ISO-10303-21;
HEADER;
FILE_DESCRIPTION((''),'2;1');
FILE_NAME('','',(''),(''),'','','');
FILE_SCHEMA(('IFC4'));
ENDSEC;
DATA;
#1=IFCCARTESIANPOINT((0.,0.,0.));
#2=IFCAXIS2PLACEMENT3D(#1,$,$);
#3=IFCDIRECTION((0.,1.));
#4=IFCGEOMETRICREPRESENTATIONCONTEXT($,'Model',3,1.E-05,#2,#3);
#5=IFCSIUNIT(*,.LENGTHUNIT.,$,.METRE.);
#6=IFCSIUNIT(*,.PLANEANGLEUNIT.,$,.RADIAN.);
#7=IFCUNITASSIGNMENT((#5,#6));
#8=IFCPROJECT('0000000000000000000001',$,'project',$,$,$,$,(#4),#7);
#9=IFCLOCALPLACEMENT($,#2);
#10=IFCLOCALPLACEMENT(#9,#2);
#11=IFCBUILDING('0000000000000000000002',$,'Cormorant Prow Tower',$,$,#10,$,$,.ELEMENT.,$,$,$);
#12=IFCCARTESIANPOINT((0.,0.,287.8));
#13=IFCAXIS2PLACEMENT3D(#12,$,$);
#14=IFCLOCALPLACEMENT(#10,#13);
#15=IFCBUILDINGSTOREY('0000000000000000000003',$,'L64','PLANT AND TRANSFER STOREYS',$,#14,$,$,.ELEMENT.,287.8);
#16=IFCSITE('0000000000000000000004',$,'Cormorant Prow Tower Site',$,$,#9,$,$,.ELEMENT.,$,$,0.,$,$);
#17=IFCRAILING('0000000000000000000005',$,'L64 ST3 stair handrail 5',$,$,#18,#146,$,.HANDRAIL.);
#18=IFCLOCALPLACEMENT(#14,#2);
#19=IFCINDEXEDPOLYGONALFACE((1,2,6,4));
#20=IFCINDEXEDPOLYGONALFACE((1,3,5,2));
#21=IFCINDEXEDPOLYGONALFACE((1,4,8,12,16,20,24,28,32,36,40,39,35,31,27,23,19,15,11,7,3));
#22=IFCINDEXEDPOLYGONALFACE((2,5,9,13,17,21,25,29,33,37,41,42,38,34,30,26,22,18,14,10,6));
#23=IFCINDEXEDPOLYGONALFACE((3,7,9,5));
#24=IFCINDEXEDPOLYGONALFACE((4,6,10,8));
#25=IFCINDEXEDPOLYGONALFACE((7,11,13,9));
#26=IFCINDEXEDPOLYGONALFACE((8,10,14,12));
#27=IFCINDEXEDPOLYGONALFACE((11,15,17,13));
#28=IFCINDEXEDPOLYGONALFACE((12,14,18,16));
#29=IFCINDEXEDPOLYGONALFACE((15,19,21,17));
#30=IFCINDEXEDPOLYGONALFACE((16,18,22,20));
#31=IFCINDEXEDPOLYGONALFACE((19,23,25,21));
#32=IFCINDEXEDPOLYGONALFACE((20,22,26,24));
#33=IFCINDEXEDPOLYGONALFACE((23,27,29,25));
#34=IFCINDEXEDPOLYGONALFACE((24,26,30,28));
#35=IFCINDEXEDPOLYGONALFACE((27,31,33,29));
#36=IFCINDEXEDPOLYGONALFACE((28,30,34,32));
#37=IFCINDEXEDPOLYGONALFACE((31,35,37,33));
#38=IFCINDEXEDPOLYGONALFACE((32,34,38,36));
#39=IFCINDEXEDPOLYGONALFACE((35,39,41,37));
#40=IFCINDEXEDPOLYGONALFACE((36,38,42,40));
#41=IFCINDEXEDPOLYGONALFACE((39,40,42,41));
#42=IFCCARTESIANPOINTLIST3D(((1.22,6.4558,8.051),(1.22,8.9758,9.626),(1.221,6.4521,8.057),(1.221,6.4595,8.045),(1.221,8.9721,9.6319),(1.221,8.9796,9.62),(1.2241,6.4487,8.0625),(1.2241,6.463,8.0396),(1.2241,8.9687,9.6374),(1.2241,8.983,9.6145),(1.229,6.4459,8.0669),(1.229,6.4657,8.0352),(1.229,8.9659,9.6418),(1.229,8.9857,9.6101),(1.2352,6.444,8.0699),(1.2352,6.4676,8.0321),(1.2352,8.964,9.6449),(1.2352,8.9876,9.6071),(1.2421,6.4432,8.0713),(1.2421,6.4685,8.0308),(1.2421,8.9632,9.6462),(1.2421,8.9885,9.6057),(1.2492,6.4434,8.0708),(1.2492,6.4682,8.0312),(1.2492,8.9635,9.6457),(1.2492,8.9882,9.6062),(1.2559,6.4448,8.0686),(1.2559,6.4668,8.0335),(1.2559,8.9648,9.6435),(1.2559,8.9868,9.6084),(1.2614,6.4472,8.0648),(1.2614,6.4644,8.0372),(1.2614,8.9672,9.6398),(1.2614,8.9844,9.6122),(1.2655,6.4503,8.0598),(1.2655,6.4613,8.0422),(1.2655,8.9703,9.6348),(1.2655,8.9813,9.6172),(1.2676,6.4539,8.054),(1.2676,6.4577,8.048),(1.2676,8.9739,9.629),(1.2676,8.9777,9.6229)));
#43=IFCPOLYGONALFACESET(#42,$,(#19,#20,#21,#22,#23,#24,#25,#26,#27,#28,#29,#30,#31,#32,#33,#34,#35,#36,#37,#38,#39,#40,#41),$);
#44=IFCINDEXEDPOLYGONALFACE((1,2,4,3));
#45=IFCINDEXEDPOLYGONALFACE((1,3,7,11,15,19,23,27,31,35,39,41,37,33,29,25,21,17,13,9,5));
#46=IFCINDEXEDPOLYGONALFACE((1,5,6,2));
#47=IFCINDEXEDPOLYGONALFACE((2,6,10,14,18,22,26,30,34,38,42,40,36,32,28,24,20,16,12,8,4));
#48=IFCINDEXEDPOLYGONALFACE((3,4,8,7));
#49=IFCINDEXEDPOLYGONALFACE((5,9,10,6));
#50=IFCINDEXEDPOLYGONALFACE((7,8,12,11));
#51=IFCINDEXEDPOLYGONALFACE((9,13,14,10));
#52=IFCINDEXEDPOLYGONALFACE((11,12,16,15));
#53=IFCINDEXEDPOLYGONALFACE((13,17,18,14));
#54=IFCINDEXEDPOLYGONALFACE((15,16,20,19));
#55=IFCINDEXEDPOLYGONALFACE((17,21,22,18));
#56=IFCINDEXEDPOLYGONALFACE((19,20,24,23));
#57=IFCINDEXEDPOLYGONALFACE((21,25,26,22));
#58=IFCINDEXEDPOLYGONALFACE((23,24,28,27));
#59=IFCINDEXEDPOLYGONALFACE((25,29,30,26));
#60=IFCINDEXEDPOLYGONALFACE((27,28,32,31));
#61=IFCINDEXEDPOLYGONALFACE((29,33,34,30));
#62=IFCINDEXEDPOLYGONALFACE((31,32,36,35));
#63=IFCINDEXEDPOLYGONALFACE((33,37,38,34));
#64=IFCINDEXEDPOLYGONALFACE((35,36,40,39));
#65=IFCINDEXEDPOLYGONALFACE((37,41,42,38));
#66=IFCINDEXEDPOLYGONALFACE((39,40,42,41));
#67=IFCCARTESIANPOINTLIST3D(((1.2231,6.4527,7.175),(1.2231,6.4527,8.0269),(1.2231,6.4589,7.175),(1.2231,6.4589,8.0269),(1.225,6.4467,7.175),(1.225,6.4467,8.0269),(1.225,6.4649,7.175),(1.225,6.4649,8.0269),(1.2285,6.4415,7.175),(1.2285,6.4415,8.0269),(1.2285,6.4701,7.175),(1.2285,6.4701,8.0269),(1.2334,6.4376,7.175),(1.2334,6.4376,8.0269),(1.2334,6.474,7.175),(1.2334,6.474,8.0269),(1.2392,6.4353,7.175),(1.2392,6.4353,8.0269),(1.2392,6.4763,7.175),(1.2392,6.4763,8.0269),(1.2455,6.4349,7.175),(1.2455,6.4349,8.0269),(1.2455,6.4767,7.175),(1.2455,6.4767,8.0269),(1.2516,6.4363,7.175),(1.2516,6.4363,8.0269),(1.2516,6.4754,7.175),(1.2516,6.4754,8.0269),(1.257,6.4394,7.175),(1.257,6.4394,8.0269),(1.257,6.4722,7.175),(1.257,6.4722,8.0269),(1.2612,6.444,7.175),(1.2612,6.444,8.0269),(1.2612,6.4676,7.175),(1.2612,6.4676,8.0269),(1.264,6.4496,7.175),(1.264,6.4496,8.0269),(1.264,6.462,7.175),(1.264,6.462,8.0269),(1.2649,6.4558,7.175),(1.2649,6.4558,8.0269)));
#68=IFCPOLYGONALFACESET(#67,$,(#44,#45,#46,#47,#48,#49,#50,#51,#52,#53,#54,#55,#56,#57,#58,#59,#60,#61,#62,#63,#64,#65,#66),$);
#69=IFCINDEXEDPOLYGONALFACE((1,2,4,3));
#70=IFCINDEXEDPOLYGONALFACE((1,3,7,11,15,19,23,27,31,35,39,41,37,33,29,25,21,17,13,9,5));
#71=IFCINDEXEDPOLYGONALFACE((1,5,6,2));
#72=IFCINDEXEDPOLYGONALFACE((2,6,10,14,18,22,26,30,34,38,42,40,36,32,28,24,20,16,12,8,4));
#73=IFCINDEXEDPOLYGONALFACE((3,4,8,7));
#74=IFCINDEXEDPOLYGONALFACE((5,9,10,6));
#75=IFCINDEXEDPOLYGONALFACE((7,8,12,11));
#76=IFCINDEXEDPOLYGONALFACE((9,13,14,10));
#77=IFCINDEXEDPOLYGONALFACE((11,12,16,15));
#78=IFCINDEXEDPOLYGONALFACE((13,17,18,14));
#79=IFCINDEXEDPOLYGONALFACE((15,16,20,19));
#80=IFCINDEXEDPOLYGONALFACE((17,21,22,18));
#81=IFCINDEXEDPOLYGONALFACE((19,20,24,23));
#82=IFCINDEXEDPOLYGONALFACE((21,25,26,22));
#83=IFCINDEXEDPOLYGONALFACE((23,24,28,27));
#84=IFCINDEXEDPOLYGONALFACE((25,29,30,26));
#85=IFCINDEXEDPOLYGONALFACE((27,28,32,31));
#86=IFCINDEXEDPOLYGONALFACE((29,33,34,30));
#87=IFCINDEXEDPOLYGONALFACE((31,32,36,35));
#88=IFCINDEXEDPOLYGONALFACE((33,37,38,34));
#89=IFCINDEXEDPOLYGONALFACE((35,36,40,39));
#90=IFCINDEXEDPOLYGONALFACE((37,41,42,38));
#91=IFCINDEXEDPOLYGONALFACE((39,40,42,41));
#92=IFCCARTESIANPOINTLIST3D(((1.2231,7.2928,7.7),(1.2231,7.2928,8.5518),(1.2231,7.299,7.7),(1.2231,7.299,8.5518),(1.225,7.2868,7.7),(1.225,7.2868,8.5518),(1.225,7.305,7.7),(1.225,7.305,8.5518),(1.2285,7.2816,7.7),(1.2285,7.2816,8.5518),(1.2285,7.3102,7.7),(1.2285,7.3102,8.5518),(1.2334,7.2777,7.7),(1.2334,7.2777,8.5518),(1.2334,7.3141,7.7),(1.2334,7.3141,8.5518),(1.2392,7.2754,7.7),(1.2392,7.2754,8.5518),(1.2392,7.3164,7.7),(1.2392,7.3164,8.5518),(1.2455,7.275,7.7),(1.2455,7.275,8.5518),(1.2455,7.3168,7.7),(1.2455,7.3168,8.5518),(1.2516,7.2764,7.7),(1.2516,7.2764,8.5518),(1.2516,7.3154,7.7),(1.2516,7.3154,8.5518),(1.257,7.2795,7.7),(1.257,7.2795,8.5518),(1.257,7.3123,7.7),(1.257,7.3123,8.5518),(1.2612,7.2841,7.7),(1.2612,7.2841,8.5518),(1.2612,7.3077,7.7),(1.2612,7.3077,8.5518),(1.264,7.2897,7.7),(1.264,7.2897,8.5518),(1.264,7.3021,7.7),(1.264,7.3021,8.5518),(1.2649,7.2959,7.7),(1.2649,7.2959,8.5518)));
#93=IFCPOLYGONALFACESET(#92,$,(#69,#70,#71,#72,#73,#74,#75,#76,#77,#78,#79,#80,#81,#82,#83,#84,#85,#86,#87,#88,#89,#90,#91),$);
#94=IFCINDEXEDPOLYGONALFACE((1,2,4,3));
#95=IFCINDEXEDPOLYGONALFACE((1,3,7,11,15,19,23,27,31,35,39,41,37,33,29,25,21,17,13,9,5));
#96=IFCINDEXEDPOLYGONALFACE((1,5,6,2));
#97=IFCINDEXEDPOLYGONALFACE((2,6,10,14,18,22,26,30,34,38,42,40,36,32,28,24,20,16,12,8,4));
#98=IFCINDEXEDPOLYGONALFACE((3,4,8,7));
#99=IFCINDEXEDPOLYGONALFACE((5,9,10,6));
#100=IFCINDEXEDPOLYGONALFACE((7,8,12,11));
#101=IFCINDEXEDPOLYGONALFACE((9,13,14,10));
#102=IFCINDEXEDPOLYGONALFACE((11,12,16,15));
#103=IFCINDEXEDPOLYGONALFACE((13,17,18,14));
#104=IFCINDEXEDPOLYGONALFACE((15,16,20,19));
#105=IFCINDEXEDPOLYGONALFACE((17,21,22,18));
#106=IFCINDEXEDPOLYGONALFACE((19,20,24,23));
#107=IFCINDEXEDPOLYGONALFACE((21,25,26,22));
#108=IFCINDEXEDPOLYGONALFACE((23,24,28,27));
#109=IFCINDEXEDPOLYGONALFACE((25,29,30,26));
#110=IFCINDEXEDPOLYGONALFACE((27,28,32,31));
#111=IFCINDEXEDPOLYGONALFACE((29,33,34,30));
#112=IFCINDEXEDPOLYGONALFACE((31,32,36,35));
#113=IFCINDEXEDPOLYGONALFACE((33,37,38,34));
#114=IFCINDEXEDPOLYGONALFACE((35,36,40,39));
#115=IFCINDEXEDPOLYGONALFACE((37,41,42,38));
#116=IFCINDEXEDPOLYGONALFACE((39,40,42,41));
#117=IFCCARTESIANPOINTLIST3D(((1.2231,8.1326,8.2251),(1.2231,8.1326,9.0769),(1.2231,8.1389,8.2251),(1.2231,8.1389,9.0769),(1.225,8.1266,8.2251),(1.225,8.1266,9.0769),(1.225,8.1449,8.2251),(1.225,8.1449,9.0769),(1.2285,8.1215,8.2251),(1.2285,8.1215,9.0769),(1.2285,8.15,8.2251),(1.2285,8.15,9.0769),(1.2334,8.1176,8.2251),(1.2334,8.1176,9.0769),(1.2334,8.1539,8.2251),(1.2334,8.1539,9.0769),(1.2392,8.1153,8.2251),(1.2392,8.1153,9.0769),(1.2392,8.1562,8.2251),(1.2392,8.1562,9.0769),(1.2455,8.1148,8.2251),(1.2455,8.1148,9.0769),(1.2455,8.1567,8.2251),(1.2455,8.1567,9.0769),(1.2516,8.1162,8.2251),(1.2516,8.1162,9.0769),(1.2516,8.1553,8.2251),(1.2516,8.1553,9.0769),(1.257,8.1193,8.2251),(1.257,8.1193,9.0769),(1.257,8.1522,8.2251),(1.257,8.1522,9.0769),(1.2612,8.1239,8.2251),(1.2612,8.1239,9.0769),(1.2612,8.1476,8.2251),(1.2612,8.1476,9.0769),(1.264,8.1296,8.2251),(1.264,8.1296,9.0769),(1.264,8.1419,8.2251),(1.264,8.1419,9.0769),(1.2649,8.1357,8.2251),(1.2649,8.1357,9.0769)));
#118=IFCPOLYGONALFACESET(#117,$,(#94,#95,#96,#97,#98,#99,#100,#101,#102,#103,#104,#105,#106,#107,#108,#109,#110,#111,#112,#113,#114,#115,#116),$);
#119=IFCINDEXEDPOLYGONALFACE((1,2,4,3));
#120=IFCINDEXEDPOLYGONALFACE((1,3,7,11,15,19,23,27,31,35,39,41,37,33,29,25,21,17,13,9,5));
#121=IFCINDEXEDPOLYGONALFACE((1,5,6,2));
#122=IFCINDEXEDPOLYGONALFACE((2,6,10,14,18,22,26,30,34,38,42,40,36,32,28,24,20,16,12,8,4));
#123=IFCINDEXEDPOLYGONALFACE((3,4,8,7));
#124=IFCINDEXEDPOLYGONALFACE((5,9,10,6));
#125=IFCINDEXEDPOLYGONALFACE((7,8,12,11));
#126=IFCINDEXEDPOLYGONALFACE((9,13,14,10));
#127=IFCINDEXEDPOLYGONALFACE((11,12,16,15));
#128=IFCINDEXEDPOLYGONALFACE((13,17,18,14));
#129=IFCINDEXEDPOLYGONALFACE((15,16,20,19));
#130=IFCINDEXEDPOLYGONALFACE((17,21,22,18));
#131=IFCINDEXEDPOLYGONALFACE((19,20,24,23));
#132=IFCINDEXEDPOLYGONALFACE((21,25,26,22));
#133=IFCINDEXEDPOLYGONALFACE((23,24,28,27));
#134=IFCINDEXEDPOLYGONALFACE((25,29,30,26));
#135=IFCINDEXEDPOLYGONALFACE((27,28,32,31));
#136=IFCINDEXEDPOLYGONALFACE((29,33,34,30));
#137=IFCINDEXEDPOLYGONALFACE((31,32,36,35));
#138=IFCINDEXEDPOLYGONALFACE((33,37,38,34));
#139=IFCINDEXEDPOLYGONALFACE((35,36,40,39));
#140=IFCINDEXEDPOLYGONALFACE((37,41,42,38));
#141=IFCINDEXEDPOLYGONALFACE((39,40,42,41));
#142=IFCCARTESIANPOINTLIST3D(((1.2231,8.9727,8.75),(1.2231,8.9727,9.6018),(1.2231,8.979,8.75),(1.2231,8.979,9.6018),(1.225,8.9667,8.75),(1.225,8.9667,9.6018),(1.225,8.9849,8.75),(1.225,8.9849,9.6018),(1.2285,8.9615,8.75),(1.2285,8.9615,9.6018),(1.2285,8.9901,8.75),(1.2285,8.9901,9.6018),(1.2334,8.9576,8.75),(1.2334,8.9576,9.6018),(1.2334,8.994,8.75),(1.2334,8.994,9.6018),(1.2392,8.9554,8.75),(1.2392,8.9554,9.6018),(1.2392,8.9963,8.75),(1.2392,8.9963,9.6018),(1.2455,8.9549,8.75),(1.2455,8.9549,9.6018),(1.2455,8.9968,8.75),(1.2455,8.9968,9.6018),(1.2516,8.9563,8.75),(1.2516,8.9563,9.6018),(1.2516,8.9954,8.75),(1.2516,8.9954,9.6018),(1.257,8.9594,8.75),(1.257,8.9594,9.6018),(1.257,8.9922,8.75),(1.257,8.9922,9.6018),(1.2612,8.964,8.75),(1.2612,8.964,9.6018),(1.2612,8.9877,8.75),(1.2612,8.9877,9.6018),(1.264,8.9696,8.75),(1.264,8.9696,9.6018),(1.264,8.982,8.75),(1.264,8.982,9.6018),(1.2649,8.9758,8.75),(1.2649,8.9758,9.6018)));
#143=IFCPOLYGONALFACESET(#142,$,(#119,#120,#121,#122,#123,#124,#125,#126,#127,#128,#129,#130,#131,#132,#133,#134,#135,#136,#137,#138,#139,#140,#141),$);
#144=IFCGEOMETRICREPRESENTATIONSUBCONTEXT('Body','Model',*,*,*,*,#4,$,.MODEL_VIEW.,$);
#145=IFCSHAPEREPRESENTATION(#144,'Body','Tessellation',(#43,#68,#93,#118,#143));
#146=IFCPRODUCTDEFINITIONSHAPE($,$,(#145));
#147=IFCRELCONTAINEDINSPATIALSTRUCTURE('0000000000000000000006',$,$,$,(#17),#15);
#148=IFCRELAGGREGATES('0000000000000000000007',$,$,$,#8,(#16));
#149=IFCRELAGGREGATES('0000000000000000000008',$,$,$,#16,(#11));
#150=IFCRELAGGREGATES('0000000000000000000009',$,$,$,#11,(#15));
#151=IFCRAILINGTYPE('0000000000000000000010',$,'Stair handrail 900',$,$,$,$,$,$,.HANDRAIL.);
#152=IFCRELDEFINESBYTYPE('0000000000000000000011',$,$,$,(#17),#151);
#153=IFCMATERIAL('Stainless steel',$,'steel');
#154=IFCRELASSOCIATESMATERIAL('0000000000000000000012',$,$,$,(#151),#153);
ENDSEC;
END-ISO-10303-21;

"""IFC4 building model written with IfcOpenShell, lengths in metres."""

from ifc_helpers import new_model, si_unit, direction, frame, origin, origin_2d, place, context, subcontext, project, spatial, circle, extrude, material, type_object, element, save


model = new_model("IFC4")

# Units and contexts
model_context = context("Model", 3, precision=1e-05, world=origin(), true_north=direction((0.0, 1.0)))
body_context = subcontext(model_context, "Body", "Model", "MODEL_VIEW")
ifc_project = project(units=[si_unit("LENGTHUNIT", "METRE"), si_unit("PLANEANGLEUNIT", "RADIAN")], contexts=[model_context])

# Site, building, storey
site_placement = place(None, origin())
site = spatial("IfcSite", under=ifc_project, at=site_placement, Name="Cormorant Prow Tower Site", CompositionType="ELEMENT", RefElevation=0.0)
building_placement = place(site_placement, origin())
building = spatial("IfcBuilding", under=site, at=building_placement, Name="Cormorant Prow Tower", CompositionType="ELEMENT")
storey_placement = place(building_placement, frame((0.0, 0.0, 287.8)))
storey = spatial("IfcBuildingStorey", under=building, at=storey_placement, Name="L64", Description="PLANT AND TRANSFER STOREYS", CompositionType="ELEMENT", Elevation=287.8)

# Railing
ifc_material_1 = material(Name="Stainless steel", Category="steel")
railing_type = type_object("IfcRailingType", Name="Stair handrail 900", PredefinedType="HANDRAIL", material=ifc_material_1)
for number, where, name in (
    (1, (1.2439, 6.4558, 7.175), "L64 ST3 stair handrail 5"),
):
    element("IfcRailing", number, at=place(storey_placement, frame(where)), inside=storey, type_object=railing_type, Name=name, PredefinedType="HANDRAIL", context=body_context, shape_type="SweptSolid", body=[
        extrude(circle(Radius=0.0239, at=origin_2d()), frame((0.0, 0.0, 0.876), z_axis=(0.0, 0.848008, 0.529984), x_axis=(-1.0, 0.0, 0.0)), (0.0, 0.0, 1.0), 2.9717),
        extrude(circle(Radius=0.021, at=origin_2d()), origin(), (0.0, 0.0, 1.0), 0.8518),
        extrude(circle(Radius=0.021, at=origin_2d()), frame((0.0, 0.8401, 0.5249)), (0.0, 0.0, 1.0), 0.8518),
        extrude(circle(Radius=0.021, at=origin_2d()), frame((0.0, 1.6799, 1.05)), (0.0, 0.0, 1.0), 0.8518),
        extrude(circle(Radius=0.021, at=origin_2d()), frame((0.0, 2.52, 1.575)), (0.0, 0.0, 1.0), 0.8518),
    ])

save(model, "model.ifc")
